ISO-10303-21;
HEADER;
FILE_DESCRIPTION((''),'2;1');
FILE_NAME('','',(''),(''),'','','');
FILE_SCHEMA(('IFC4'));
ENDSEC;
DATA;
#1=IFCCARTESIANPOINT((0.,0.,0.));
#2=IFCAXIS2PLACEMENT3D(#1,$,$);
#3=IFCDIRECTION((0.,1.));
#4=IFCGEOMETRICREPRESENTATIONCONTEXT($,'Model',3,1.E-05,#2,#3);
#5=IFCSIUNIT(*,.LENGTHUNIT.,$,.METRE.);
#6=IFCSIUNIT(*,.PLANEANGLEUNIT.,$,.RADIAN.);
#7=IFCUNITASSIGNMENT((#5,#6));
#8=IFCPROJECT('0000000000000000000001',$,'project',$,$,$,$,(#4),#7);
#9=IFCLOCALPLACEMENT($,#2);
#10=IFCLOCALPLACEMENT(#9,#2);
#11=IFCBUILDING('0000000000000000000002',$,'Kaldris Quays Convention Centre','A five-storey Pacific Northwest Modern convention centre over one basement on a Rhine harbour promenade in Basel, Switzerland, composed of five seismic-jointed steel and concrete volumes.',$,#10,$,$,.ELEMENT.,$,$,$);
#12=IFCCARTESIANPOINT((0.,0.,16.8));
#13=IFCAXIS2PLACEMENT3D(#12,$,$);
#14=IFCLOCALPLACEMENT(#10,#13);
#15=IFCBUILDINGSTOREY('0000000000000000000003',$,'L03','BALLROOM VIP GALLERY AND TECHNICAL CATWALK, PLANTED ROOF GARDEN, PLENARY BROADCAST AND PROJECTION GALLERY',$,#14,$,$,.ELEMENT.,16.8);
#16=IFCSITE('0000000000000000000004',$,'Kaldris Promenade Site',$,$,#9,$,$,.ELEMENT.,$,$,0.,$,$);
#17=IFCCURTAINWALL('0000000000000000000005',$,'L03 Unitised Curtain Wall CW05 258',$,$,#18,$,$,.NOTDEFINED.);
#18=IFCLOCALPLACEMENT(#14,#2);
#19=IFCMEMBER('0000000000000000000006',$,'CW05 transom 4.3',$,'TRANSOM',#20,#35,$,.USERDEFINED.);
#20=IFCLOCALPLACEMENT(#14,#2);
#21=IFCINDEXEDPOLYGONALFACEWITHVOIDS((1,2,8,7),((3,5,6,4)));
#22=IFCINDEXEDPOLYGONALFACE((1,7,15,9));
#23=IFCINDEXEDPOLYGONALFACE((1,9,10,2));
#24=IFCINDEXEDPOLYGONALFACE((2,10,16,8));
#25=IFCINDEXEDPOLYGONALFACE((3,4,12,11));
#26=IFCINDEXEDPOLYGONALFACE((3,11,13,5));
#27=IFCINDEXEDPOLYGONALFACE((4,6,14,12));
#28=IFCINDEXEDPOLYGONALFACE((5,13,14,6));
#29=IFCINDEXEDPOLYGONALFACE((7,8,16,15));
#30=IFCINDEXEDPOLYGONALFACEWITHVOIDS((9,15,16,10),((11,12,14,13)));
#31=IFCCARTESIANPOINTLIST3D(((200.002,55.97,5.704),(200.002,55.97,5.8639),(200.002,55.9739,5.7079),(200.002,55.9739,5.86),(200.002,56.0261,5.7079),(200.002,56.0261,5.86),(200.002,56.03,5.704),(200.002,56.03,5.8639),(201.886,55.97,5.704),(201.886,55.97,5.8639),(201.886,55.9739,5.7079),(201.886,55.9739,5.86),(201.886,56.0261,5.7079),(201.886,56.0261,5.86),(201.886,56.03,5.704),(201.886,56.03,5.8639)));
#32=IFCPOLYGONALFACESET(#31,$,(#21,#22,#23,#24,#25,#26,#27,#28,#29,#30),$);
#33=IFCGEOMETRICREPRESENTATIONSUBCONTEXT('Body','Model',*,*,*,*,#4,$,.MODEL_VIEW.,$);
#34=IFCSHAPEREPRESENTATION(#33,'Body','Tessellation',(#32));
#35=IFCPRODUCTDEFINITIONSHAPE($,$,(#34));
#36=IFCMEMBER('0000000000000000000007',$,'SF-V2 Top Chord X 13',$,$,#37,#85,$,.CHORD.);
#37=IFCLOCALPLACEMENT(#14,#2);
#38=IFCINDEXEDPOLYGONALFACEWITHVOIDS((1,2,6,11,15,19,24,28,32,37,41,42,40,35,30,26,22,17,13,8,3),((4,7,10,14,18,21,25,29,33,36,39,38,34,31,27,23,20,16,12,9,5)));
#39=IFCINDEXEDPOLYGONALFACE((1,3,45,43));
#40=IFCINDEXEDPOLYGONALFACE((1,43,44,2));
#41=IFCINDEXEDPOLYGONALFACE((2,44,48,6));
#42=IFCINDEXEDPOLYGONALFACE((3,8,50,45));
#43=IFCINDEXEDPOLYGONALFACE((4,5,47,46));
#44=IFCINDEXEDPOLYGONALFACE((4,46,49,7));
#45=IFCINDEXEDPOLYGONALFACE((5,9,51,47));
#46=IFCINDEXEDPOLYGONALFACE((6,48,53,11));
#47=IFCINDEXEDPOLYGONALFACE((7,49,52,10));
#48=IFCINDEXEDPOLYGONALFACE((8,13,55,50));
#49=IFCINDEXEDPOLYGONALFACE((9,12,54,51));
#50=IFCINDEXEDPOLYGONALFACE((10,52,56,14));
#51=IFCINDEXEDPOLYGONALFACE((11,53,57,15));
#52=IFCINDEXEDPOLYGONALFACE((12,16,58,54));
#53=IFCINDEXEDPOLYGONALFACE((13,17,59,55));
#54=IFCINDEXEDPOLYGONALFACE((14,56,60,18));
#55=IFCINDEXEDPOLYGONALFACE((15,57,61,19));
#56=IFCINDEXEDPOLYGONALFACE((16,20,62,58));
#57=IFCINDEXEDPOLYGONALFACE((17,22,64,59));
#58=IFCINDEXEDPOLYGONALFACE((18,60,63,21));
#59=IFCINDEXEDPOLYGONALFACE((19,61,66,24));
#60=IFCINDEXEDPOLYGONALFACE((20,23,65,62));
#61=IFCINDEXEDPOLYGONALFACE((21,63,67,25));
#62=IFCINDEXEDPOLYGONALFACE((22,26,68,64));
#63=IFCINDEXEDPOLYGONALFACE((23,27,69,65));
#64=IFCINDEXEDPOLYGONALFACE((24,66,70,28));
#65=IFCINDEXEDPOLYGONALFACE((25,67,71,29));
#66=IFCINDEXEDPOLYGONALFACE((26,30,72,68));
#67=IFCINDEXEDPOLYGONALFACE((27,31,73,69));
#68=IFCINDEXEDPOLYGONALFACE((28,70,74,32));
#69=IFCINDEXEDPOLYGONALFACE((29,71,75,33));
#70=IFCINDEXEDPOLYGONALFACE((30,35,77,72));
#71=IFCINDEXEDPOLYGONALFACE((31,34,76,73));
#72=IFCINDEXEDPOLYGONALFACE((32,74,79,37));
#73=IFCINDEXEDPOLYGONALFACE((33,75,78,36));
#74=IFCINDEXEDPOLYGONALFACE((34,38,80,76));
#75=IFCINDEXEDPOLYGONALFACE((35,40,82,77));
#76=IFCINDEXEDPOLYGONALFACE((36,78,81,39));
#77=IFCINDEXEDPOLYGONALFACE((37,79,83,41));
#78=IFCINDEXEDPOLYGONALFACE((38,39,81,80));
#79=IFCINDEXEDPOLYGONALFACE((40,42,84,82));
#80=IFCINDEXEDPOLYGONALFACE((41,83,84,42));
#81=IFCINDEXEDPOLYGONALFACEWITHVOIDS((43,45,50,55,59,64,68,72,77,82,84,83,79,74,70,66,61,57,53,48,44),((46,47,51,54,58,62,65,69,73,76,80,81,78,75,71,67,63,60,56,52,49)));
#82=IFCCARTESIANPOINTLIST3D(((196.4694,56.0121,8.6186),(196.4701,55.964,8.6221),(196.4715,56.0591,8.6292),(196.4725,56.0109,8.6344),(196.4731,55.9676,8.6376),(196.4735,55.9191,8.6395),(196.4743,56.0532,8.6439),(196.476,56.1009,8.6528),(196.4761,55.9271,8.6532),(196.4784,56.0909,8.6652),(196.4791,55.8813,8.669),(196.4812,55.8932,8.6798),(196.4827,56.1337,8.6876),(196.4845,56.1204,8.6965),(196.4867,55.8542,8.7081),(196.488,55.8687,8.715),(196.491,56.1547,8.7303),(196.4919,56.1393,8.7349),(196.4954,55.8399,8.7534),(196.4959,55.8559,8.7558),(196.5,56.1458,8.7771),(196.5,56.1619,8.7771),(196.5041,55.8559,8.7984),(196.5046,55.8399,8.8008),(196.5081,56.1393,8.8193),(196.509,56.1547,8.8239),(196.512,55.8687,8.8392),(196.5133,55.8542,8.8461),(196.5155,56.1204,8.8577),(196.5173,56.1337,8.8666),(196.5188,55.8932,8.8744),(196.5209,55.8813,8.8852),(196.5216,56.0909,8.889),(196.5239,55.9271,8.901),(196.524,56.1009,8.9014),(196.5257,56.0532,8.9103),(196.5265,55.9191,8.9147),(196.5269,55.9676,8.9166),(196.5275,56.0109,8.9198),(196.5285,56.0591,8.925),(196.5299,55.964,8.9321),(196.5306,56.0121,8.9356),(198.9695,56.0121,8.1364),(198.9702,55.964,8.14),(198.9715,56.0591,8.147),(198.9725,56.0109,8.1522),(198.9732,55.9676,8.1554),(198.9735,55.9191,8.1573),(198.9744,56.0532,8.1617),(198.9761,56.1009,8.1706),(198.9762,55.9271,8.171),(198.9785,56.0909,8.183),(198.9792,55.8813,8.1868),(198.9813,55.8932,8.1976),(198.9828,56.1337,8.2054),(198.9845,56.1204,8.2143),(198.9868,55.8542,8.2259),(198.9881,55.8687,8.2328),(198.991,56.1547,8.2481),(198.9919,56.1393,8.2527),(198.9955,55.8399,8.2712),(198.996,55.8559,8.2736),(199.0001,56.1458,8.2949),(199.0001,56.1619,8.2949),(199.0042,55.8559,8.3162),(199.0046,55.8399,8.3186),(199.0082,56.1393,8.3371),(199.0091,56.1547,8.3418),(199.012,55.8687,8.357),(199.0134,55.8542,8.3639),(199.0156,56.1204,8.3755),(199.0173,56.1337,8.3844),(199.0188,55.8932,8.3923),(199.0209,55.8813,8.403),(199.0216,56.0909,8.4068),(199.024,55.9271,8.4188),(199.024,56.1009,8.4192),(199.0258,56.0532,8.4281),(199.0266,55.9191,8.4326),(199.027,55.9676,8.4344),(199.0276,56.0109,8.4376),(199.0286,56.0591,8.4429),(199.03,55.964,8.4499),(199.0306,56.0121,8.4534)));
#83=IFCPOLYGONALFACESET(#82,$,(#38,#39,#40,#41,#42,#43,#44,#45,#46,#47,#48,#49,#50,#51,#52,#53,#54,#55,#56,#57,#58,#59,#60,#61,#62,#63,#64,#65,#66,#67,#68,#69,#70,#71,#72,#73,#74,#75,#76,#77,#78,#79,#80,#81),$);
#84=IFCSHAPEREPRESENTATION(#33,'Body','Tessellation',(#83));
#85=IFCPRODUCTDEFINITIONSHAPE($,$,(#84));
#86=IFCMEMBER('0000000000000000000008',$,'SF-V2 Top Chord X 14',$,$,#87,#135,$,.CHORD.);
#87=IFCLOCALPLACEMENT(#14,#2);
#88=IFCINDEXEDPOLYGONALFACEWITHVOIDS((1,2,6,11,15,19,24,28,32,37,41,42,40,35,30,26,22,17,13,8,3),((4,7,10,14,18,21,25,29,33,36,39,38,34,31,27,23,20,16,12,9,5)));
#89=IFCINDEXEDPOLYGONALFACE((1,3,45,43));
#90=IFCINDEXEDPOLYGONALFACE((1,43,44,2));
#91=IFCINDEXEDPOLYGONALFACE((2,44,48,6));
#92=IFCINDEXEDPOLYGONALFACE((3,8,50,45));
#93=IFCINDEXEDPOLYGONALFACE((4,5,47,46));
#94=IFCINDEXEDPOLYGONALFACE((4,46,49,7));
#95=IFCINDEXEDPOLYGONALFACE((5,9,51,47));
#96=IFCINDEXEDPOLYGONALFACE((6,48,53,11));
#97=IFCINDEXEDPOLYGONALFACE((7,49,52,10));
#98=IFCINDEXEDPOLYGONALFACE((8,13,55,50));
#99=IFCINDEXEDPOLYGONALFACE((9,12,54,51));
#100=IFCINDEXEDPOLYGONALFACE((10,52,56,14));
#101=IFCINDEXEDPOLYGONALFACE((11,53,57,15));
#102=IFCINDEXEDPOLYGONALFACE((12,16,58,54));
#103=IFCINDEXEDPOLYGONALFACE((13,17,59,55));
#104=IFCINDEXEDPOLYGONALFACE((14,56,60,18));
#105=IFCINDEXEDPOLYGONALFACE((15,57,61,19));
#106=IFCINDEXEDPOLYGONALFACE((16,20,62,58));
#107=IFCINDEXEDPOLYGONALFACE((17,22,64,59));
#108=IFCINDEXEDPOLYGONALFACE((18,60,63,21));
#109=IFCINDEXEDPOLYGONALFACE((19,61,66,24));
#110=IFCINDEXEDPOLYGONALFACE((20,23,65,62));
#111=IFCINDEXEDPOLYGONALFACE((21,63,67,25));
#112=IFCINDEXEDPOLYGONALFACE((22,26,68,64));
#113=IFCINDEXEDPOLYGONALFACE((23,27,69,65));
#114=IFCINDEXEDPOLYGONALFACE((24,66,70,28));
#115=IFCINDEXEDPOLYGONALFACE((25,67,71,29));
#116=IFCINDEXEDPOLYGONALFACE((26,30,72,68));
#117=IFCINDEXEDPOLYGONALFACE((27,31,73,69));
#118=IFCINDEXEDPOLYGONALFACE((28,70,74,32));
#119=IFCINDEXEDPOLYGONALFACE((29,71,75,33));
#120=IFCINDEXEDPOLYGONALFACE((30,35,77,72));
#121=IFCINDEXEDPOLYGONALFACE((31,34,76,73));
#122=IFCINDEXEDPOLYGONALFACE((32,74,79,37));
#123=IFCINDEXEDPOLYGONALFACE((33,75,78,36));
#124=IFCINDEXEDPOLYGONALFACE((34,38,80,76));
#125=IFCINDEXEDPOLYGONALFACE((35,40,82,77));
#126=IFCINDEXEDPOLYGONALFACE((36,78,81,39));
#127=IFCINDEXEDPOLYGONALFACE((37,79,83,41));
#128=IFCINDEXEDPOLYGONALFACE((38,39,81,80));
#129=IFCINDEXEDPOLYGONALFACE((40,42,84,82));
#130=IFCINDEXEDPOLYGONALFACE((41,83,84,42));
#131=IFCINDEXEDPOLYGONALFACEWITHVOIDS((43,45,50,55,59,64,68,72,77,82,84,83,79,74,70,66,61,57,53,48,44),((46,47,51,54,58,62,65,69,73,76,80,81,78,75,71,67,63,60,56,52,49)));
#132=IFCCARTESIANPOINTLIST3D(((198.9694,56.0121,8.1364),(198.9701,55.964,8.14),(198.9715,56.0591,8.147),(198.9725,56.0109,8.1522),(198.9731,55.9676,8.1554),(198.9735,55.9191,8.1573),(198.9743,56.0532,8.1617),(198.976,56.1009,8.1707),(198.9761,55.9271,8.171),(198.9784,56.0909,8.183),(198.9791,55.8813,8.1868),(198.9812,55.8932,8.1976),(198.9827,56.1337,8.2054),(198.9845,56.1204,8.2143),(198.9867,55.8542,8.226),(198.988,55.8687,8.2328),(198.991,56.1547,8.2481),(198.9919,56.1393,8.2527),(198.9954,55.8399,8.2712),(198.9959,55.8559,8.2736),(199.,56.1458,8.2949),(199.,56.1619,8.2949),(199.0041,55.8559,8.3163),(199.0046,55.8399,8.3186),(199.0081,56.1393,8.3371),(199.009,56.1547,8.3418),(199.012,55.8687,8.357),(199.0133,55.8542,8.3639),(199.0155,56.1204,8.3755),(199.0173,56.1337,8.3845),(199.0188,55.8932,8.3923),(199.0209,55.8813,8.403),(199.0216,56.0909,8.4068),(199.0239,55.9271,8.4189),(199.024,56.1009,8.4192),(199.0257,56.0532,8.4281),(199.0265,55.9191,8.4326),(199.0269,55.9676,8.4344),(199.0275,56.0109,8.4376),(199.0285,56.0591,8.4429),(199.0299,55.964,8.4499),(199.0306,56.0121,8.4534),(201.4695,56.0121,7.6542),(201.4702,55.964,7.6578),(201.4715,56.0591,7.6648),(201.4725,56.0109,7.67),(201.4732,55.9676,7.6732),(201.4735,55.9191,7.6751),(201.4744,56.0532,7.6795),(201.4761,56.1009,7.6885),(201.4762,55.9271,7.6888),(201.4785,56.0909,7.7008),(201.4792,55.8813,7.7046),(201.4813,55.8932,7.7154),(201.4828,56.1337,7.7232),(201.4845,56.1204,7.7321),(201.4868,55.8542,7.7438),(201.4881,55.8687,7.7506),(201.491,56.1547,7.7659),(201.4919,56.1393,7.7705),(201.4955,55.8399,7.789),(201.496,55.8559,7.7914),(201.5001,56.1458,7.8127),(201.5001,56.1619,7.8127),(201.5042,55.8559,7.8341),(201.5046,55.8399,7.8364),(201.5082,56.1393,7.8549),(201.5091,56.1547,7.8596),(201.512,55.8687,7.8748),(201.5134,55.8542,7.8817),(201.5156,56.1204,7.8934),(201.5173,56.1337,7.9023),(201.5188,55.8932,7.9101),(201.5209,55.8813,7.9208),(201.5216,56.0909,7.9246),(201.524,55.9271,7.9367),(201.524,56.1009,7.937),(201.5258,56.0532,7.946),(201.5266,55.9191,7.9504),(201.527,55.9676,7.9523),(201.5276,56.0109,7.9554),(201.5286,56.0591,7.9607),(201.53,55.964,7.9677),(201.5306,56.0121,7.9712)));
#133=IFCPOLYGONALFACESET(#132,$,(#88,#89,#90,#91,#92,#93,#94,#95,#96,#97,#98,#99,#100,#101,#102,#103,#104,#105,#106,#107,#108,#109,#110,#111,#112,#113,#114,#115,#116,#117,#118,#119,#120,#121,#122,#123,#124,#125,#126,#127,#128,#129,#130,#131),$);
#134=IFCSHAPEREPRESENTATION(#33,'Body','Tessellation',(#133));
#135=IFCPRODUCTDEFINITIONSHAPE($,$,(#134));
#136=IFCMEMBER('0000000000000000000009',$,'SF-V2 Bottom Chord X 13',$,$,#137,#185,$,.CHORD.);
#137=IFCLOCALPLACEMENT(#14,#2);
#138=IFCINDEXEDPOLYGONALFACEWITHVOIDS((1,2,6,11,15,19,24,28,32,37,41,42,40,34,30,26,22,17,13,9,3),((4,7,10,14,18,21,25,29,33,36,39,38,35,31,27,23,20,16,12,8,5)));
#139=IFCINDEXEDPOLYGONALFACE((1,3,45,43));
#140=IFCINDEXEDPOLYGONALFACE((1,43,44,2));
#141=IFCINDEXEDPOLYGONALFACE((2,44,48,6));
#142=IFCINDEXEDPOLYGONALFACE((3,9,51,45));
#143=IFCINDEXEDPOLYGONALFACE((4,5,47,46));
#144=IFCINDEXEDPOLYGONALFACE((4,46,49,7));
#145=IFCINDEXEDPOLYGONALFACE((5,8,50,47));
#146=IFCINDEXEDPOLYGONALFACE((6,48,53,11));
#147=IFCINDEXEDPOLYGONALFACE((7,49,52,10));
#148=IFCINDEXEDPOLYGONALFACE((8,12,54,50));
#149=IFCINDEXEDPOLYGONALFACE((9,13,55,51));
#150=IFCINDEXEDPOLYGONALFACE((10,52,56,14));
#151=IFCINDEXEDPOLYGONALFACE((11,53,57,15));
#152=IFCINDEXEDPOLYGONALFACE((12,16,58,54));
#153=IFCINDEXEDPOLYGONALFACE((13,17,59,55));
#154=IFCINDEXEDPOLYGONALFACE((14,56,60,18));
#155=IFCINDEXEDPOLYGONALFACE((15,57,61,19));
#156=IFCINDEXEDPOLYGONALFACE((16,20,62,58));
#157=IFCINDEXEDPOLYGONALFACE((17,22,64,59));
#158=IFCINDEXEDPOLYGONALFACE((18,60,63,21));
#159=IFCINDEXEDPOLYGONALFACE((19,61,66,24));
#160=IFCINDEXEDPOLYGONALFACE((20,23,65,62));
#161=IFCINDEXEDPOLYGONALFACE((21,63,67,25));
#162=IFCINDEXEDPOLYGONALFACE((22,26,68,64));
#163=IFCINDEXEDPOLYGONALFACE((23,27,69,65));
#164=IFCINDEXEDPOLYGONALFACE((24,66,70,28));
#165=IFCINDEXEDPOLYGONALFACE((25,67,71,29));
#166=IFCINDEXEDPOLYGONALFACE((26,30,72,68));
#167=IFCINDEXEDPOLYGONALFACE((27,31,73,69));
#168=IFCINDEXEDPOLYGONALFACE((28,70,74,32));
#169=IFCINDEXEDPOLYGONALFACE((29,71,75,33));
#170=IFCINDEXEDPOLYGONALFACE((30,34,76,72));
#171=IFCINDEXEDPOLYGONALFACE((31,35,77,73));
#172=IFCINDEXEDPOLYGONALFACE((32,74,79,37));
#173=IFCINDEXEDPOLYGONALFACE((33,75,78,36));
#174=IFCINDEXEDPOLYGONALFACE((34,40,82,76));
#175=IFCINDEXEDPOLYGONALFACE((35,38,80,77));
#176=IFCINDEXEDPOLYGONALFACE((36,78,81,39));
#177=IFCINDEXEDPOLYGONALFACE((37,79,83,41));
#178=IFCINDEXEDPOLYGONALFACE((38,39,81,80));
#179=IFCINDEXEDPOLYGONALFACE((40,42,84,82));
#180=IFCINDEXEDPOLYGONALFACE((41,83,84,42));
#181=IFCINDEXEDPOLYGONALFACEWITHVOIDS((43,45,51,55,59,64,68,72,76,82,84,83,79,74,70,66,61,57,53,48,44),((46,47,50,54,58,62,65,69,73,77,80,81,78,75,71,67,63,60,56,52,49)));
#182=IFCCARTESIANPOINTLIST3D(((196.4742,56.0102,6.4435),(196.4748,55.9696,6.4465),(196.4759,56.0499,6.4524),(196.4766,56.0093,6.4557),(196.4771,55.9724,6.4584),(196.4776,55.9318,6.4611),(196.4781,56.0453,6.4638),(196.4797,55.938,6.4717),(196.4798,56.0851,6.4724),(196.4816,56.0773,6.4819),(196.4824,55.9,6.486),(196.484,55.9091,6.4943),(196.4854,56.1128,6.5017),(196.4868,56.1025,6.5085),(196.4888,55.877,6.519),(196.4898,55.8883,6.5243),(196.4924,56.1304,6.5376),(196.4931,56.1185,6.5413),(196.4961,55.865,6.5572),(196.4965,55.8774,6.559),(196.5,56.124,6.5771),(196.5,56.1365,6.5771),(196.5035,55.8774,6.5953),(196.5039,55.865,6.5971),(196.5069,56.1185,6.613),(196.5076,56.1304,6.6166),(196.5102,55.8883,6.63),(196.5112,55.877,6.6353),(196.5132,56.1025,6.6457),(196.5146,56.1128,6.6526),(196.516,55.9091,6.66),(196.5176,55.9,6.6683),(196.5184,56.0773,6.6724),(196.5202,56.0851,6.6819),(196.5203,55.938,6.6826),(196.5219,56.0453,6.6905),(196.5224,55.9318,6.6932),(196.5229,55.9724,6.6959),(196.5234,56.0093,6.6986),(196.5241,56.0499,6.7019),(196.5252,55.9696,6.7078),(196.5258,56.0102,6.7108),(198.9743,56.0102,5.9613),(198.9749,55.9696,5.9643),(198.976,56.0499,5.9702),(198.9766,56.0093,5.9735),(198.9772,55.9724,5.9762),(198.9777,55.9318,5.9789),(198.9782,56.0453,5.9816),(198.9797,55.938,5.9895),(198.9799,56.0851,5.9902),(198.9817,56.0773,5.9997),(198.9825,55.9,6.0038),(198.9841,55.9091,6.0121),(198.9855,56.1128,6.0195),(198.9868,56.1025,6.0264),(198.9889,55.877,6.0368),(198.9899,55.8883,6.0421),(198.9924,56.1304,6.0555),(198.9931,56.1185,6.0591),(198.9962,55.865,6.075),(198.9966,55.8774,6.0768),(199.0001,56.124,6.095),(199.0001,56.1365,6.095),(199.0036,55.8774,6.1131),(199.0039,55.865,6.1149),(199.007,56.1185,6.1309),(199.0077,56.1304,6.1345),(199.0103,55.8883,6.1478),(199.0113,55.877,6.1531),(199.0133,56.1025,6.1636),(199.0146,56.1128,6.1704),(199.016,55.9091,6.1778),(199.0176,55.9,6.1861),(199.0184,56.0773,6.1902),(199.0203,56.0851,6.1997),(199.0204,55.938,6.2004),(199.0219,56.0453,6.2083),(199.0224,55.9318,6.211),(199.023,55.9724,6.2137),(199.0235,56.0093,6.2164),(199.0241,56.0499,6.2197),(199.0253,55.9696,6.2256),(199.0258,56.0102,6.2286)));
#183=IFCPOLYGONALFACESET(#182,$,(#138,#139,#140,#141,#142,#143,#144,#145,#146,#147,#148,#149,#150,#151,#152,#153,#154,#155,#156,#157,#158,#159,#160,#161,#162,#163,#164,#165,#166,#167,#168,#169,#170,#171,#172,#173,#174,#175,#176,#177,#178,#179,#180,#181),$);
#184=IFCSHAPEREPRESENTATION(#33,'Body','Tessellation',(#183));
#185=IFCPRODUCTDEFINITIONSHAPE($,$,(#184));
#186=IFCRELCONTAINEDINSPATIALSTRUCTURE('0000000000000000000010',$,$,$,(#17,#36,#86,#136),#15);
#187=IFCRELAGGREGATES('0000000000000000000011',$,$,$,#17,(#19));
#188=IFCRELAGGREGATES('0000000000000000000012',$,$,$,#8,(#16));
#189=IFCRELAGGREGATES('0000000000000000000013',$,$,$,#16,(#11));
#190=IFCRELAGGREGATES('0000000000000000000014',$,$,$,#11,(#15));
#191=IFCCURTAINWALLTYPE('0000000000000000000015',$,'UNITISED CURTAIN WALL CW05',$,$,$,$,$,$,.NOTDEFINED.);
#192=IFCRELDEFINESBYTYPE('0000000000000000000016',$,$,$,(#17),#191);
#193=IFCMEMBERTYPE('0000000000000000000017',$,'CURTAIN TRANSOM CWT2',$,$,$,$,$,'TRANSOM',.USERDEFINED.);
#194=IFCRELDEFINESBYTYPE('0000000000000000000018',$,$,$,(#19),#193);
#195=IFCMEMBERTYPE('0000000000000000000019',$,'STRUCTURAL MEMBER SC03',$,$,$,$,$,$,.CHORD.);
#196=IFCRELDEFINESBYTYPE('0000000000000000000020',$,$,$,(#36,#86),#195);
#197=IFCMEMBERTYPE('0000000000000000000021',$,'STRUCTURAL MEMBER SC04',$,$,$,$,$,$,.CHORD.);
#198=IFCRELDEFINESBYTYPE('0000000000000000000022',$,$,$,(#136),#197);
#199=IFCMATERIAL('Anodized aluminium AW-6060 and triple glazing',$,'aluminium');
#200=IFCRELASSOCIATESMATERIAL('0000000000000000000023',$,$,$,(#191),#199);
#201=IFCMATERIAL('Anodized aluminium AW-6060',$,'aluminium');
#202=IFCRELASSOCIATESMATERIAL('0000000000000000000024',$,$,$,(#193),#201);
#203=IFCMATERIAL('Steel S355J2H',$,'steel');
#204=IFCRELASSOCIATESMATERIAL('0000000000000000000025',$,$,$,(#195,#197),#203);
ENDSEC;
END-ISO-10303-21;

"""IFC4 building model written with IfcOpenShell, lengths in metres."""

from ifc_helpers import new_model, si_unit, direction, frame, origin, origin_2d, place, context, subcontext, project, spatial, hollow_rectangle, hollow_circle, extrude, material, material_profile, profile_set, type_object, element, aggregate, save


model = new_model("IFC4")

# Units and contexts
model_context = context("Model", 3, precision=1e-05, world=origin(), true_north=direction((0.0, 1.0)))
body_context = subcontext(model_context, "Body", "Model", "MODEL_VIEW")
ifc_project = project(units=[si_unit("LENGTHUNIT", "METRE"), si_unit("PLANEANGLEUNIT", "RADIAN")], contexts=[model_context])

# Site, building, storey
site_placement = place(None, origin())
site = spatial("IfcSite", under=ifc_project, at=site_placement, Name="Kaldris Promenade Site", CompositionType="ELEMENT", RefElevation=0.0)
building_placement = place(site_placement, origin())
building = spatial("IfcBuilding", under=site, at=building_placement, Name="Kaldris Quays Convention Centre", Description="A five-storey Pacific Northwest Modern convention centre over one basement on a Rhine harbour promenade in Basel, Switzerland, composed of five seismic-jointed steel and concrete volumes.", CompositionType="ELEMENT")
storey_placement = place(building_placement, frame((0.0, 0.0, 16.8)))
storey = spatial("IfcBuildingStorey", under=building, at=storey_placement, Name="L03", Description="BALLROOM VIP GALLERY AND TECHNICAL CATWALK, PLANTED ROOF GARDEN, PLENARY BROADCAST AND PROJECTION GALLERY", CompositionType="ELEMENT", Elevation=16.8)

# Curtain wall, member
ifc_material_1 = material(Name="Anodized aluminium AW-6060 and triple glazing", Category="aluminium")
curtain_wall_type = type_object("IfcCurtainWallType", Name="UNITISED CURTAIN WALL CW05", PredefinedType="NOTDEFINED", material=ifc_material_1)
curtain_wall_placement = place(storey_placement, origin())
curtain_wall = element("IfcCurtainWall", 1, at=curtain_wall_placement, inside=storey, type_object=curtain_wall_type, Name="L03 Unitised Curtain Wall CW05 258", PredefinedType="NOTDEFINED")
ifc_material_2 = material(Name="Anodized aluminium AW-6060", Category="aluminium")
ifc_material_profile_1 = material_profile(ifc_material_2, hollow_rectangle(XDim=0.0601, YDim=0.1599, WallThickness=0.0039, at=origin_2d()), Name="RHS 160x60x4")
ifc_profile_set_1 = profile_set([ifc_material_profile_1], Name="Anodized aluminium AW-6060")
member_type_1 = type_object("IfcMemberType", Name="CURTAIN TRANSOM CWT2", ElementType="TRANSOM", PredefinedType="USERDEFINED", material=ifc_profile_set_1)
member_1_placement = place(storey_placement, frame((200.002, 56.0, 5.7839), z_axis=(1.0, 0.0, 0.0), x_axis=(0.0, 1.0, 0.0)))
member_1 = element("IfcMember", 2, at=member_1_placement, type_object=member_type_1, Name="CW05 transom 4.3", ObjectType="TRANSOM", PredefinedType="USERDEFINED", context=body_context, shape_type="SweptSolid", body=[
    extrude(hollow_rectangle(XDim=0.0601, YDim=0.1599, WallThickness=0.0039, at=origin_2d()), origin(), (0.0, 0.0, 1.0), 1.884),
])

# Members
ifc_material_3 = material(Name="Steel S355J2H", Category="steel")
ifc_material_profile_2 = material_profile(ifc_material_3, hollow_circle(Radius=0.1619, WallThickness=0.0161, at=origin_2d()), Name="CHS 323.9x16")
ifc_profile_set_2 = profile_set([ifc_material_profile_2], Name="Steel S355J2H")
member_type_2 = type_object("IfcMemberType", Name="STRUCTURAL MEMBER SC03", PredefinedType="CHORD", material=ifc_profile_set_2)
for number, where, z_axis, x_axis, name in (
    (3, (196.5, 56.0, 8.7771), (0.981904, 0.0, -0.189381), (0.0, 1.0, 0.0), "SF-V2 Top Chord X 13"),
    (4, (199.0, 56.0, 8.2949), (0.981904, 0.0, -0.189381), (0.0, 1.0, 0.0), "SF-V2 Top Chord X 14"),
):
    element("IfcMember", number, at=place(storey_placement, frame(where, z_axis=z_axis, x_axis=x_axis)), inside=storey, type_object=member_type_2, Name=name, PredefinedType="CHORD", context=body_context, shape_type="SweptSolid", body=[
        extrude(hollow_circle(Radius=0.1619, WallThickness=0.0161, at=origin_2d()), origin(), (0.0, 0.0, 1.0), 2.5461),
    ])
ifc_material_profile_3 = material_profile(ifc_material_3, hollow_circle(Radius=0.1365, WallThickness=0.0125, at=origin_2d()), Name="CHS 273x12.5")
ifc_profile_set_3 = profile_set([ifc_material_profile_3], Name="Steel S355J2H")
member_type_3 = type_object("IfcMemberType", Name="STRUCTURAL MEMBER SC04", PredefinedType="CHORD", material=ifc_profile_set_3)
for number, where, z_axis, x_axis, name in (
    (5, (196.5, 56.0, 6.5771), (0.981904, 0.0, -0.189381), (0.0, 1.0, 0.0), "SF-V2 Bottom Chord X 13"),
):
    element("IfcMember", number, at=place(storey_placement, frame(where, z_axis=z_axis, x_axis=x_axis)), inside=storey, type_object=member_type_3, Name=name, PredefinedType="CHORD", context=body_context, shape_type="SweptSolid", body=[
        extrude(hollow_circle(Radius=0.1365, WallThickness=0.0125, at=origin_2d()), origin(), (0.0, 0.0, 1.0), 2.5461),
    ])

aggregate(curtain_wall, [member_1])

save(model, "model.ifc")
